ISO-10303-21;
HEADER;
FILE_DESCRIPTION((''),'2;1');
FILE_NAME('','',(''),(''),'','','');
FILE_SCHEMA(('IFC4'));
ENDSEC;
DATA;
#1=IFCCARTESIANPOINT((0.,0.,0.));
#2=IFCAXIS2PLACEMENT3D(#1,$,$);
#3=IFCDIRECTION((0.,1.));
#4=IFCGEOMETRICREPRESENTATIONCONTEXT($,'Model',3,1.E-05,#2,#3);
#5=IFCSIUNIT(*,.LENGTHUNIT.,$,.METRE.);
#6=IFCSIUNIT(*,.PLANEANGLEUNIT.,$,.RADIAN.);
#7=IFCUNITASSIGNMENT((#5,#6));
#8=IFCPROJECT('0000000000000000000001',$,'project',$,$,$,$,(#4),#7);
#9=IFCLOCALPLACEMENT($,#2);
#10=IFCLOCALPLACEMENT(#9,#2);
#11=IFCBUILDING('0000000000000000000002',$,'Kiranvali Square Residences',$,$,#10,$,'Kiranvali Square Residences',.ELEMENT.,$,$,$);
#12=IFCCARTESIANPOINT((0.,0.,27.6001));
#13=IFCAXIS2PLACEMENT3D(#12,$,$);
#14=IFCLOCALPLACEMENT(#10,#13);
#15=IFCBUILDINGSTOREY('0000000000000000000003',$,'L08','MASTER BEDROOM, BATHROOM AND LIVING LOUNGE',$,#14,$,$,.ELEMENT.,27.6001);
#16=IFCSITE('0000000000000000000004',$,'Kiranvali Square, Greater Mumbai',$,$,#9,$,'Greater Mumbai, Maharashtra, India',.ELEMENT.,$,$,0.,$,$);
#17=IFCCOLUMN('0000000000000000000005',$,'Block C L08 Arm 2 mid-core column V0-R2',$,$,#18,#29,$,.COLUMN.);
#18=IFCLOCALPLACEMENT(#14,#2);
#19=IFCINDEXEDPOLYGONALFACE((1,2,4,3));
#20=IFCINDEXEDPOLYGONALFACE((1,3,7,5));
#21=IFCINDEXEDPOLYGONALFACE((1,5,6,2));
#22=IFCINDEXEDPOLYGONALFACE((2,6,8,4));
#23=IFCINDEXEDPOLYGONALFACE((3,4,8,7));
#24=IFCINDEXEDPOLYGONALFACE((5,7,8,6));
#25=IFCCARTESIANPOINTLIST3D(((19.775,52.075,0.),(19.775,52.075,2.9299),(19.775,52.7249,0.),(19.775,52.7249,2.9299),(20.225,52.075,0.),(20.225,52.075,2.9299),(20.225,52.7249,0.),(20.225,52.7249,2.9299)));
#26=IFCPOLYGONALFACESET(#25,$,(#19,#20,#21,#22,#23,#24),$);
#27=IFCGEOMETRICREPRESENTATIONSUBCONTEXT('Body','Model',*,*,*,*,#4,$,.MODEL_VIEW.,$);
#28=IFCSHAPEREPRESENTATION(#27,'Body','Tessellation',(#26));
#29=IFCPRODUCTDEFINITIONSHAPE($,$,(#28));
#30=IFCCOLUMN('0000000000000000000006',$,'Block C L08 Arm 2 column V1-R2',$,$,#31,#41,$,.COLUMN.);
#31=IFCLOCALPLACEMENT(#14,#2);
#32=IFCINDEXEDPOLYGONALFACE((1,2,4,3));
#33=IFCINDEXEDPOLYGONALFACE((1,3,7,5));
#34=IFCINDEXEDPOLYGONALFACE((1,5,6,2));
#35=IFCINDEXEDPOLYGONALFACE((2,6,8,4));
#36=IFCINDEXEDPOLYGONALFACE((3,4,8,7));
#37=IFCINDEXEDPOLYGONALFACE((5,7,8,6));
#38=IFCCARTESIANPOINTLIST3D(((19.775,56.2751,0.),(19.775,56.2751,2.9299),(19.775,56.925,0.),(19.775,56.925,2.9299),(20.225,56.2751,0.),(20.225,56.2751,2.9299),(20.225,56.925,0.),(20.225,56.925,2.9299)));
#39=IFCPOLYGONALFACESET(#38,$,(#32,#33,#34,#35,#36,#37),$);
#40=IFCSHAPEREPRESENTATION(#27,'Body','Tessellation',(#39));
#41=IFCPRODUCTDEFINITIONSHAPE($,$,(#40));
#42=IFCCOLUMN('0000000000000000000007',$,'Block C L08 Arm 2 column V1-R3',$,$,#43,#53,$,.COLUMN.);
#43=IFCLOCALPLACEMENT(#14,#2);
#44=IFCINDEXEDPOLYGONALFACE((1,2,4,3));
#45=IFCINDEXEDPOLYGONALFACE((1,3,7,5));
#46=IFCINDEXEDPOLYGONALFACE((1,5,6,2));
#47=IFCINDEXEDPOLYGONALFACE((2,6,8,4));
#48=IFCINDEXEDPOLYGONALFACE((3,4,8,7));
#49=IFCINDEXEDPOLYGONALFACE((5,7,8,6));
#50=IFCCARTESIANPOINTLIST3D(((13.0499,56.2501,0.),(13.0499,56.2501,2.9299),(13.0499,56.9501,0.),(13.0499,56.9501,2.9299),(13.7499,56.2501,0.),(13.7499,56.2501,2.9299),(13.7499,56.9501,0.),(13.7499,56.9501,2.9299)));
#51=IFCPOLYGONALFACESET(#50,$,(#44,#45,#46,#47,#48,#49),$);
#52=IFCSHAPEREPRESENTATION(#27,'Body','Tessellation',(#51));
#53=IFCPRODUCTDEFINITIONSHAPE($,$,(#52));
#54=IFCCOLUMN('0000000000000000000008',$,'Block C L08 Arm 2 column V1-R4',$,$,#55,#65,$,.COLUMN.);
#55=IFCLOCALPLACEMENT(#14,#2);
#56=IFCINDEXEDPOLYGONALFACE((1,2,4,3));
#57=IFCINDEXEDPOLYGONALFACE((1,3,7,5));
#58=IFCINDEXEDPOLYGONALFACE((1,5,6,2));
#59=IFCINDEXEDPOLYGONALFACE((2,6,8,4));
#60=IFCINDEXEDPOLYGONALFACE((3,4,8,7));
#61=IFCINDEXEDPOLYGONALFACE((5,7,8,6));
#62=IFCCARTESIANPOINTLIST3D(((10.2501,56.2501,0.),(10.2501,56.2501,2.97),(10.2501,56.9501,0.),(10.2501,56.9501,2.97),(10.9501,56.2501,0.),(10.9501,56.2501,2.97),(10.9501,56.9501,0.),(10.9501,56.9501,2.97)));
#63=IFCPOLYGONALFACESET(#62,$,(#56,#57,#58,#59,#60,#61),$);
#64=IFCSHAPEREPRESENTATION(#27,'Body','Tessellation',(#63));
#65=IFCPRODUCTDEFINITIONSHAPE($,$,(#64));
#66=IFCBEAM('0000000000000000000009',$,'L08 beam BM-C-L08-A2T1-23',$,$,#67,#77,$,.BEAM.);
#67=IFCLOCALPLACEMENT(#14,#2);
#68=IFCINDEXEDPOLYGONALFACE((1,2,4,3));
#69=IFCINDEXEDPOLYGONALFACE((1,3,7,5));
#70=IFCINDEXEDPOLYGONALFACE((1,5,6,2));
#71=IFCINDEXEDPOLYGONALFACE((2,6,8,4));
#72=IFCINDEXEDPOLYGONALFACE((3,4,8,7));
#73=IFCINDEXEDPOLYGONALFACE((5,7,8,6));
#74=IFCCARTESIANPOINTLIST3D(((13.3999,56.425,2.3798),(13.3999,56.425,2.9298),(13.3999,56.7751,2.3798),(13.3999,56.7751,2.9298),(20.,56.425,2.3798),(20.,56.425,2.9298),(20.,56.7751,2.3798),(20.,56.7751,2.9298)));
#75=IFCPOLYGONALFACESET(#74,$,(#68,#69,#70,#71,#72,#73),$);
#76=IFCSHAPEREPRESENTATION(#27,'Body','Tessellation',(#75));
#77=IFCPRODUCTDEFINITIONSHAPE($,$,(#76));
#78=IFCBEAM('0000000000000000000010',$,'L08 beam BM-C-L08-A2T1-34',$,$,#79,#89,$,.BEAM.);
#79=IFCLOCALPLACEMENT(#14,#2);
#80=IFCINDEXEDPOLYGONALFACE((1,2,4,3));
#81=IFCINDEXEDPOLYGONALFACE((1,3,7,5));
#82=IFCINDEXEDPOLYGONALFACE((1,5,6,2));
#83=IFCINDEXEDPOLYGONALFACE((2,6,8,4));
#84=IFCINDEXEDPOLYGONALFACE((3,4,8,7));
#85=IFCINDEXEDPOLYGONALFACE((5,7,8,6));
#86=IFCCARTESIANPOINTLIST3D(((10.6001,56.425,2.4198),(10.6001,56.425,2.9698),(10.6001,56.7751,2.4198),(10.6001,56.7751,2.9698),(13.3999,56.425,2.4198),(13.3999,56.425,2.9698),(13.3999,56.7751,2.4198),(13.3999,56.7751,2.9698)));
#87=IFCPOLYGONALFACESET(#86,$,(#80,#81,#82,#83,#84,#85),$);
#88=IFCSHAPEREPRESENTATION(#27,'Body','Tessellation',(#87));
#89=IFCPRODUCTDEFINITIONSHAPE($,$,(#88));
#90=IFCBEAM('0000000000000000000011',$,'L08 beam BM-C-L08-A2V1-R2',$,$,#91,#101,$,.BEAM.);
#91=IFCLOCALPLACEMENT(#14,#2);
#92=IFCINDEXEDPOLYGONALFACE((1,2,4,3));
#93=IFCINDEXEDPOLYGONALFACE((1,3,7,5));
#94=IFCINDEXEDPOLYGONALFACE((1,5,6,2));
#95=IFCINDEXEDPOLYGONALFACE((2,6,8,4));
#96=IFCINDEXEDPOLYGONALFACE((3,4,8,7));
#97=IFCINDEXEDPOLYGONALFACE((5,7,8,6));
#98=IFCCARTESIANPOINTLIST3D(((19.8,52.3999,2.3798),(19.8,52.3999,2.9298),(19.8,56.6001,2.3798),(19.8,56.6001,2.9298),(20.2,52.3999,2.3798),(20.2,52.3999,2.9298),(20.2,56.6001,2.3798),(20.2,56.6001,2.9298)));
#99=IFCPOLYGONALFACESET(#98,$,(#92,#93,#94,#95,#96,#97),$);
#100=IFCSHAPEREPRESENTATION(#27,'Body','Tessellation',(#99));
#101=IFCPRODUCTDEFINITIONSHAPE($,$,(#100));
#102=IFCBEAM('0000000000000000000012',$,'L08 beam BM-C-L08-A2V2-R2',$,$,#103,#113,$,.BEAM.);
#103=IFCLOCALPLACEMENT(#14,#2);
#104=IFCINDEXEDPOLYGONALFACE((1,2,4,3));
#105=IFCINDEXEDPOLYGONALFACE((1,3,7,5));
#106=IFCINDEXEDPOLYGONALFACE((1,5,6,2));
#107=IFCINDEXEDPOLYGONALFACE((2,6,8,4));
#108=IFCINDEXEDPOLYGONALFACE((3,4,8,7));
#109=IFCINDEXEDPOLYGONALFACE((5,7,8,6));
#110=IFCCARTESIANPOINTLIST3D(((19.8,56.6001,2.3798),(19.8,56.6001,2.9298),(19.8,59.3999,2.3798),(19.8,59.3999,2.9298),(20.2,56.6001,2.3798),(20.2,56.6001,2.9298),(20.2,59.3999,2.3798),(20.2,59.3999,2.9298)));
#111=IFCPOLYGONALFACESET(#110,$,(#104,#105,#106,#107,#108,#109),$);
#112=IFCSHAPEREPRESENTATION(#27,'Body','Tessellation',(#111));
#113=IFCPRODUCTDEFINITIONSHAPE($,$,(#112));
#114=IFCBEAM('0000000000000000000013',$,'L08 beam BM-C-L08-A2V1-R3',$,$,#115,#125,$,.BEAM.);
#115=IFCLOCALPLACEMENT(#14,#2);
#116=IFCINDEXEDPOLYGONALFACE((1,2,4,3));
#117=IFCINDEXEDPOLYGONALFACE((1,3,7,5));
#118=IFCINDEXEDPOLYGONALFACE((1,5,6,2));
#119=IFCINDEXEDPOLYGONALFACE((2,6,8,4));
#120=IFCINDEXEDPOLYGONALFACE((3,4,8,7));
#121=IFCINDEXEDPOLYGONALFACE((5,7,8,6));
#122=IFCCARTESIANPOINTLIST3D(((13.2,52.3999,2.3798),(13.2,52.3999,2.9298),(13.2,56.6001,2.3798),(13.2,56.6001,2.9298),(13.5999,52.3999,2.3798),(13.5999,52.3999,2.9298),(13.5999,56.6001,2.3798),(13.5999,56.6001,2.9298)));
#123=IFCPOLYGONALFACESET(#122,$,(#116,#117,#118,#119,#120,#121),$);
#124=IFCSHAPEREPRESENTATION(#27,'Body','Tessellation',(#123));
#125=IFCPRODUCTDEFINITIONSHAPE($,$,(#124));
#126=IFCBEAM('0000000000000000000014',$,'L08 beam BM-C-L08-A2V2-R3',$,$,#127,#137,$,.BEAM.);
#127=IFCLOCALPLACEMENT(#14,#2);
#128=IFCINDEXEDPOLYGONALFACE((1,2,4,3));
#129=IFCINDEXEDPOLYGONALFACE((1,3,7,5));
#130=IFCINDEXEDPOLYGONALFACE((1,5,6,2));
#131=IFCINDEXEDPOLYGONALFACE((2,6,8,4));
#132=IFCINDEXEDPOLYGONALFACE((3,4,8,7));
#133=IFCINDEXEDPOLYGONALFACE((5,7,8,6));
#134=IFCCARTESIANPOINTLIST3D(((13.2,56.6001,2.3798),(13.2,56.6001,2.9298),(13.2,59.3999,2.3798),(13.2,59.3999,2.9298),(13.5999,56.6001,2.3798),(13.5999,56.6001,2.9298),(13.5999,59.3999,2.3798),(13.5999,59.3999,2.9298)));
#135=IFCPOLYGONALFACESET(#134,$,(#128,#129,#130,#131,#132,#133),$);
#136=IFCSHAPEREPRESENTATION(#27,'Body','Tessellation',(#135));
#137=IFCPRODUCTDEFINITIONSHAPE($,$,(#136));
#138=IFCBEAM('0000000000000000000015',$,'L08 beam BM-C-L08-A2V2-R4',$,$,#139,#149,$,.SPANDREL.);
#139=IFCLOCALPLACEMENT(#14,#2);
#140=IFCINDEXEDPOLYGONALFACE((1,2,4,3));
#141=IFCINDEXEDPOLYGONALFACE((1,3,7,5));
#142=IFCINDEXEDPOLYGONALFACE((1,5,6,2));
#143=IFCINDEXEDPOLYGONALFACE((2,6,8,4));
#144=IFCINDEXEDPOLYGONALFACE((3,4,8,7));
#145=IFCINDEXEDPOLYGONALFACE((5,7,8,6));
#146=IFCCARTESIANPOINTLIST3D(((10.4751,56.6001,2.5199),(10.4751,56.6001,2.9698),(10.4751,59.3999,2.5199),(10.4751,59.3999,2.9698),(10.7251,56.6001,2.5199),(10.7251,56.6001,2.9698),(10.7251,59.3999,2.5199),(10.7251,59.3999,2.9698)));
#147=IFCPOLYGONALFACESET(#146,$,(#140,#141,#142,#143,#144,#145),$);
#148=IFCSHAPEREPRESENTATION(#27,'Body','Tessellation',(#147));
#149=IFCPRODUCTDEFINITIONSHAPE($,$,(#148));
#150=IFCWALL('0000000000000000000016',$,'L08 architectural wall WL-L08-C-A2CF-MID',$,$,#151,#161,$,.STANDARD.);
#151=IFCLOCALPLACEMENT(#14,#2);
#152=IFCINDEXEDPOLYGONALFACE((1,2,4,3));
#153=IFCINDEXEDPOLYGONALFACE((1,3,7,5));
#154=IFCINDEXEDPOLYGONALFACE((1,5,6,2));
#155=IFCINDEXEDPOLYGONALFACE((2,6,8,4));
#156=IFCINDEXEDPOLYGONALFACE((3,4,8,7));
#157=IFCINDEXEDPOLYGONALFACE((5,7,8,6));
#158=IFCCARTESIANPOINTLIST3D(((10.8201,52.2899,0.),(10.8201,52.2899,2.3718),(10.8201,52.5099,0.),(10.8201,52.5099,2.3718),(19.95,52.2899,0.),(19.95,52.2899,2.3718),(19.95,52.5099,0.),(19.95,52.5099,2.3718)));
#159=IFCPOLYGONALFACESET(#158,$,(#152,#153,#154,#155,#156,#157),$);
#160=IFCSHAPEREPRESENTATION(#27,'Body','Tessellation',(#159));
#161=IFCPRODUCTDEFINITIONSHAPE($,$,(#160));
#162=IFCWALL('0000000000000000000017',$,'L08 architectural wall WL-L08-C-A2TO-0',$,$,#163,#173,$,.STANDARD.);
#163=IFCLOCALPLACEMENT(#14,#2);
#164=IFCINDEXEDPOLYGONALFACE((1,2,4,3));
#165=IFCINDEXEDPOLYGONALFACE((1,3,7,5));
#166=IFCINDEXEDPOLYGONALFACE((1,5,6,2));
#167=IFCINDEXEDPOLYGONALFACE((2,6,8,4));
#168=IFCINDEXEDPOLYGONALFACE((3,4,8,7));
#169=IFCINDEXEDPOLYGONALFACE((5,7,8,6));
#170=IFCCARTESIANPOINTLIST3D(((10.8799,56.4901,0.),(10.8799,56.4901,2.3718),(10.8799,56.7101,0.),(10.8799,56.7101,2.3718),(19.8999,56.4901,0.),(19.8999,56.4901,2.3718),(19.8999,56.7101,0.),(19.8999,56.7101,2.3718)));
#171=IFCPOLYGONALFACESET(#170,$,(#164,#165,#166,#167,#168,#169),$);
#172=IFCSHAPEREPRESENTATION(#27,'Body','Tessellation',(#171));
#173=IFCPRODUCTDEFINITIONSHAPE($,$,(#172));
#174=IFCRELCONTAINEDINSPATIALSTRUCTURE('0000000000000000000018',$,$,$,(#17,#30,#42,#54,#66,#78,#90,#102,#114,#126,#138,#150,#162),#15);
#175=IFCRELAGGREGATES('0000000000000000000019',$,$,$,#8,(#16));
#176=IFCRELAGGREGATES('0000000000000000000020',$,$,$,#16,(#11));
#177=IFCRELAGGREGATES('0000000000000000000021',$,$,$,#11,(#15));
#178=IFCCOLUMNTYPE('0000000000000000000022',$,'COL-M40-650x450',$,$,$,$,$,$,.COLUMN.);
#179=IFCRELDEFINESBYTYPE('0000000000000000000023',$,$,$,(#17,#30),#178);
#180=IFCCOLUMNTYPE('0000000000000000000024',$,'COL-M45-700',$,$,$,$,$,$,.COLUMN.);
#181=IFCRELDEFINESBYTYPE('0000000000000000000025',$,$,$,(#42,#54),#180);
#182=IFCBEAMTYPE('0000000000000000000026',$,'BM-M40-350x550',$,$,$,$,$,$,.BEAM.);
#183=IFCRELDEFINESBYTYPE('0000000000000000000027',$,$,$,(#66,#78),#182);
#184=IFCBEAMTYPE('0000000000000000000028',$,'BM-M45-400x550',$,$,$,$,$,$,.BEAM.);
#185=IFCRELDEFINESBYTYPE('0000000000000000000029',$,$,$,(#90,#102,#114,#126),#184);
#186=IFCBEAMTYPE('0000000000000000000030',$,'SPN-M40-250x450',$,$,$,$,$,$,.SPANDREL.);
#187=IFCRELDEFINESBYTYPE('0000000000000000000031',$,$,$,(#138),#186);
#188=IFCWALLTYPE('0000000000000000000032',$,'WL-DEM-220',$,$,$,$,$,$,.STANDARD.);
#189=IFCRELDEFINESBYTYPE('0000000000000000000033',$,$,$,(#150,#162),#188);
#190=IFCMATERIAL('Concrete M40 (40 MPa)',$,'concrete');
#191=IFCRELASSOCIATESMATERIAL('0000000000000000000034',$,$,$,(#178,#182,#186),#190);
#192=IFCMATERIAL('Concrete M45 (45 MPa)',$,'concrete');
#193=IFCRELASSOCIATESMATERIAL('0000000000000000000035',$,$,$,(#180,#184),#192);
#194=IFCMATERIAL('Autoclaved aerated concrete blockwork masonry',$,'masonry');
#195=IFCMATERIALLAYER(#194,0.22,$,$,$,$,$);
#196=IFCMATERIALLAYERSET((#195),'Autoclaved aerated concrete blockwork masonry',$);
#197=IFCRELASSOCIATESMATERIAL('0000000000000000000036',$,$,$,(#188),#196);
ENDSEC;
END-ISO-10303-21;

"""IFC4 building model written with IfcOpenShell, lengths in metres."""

from ifc_helpers import new_model, si_unit, direction, frame, frame_2d, origin, origin_2d, place, context, subcontext, project, spatial, rectangle, extrude, material, layer, layer_set, material_profile, profile_set, type_object, element, save


model = new_model("IFC4")

# Units and contexts
model_context = context("Model", 3, precision=1e-05, world=origin(), true_north=direction((0.0, 1.0)))
body_context = subcontext(model_context, "Body", "Model", "MODEL_VIEW")
ifc_project = project(units=[si_unit("LENGTHUNIT", "METRE"), si_unit("PLANEANGLEUNIT", "RADIAN")], contexts=[model_context])

# Site, building, storey
site_placement = place(None, origin())
site = spatial("IfcSite", under=ifc_project, at=site_placement, Name="Kiranvali Square, Greater Mumbai", LongName="Greater Mumbai, Maharashtra, India", CompositionType="ELEMENT", RefElevation=0.0)
building_placement = place(site_placement, origin())
building = spatial("IfcBuilding", under=site, at=building_placement, Name="Kiranvali Square Residences", LongName="Kiranvali Square Residences", CompositionType="ELEMENT")
storey_placement = place(building_placement, frame((0.0, 0.0, 27.6001)))
storey = spatial("IfcBuildingStorey", under=building, at=storey_placement, Name="L08", Description="MASTER BEDROOM, BATHROOM AND LIVING LOUNGE", CompositionType="ELEMENT", Elevation=27.6001)

# Columns
ifc_material_1 = material(Name="Concrete M40 (40 MPa)", Category="concrete")
ifc_material_profile_1 = material_profile(ifc_material_1, rectangle(XDim=0.45, YDim=0.6499, at=origin_2d()), Name="RC 650x450")
ifc_profile_set_1 = profile_set([ifc_material_profile_1], Name="Concrete M40 (40 MPa)")
column_type_1 = type_object("IfcColumnType", Name="COL-M40-650x450", PredefinedType="COLUMN", material=ifc_profile_set_1)
for number, where, z_axis, x_axis, name in (
    (1, (20.0, 52.3999, 0.0), (0.0, 0.0, 1.0), (1.0, 0.0, 0.0), "Block C L08 Arm 2 mid-core column V0-R2"),
    (2, (20.0, 56.6001, 0.0), (0.0, 0.0, 1.0), (1.0, 0.0, 0.0), "Block C L08 Arm 2 column V1-R2"),
):
    element("IfcColumn", number, at=place(storey_placement, frame(where, z_axis=z_axis, x_axis=x_axis)), inside=storey, type_object=column_type_1, Name=name, PredefinedType="COLUMN", context=body_context, shape_type="SweptSolid", body=[
        extrude(rectangle(XDim=0.45, YDim=0.6499, at=origin_2d()), origin(), (0.0, 0.0, 1.0), 2.9299),
    ])
ifc_material_2 = material(Name="Concrete M45 (45 MPa)", Category="concrete")
ifc_material_profile_2 = material_profile(ifc_material_2, rectangle(XDim=0.7, YDim=0.7, at=origin_2d()), Name="RC 700x700")
ifc_profile_set_2 = profile_set([ifc_material_profile_2], Name="Concrete M45 (45 MPa)")
column_type_2 = type_object("IfcColumnType", Name="COL-M45-700", PredefinedType="COLUMN", material=ifc_profile_set_2)
column_1_placement = place(storey_placement, frame((13.3999, 56.6001, 0.0), z_axis=(0.0, 0.0, 1.0), x_axis=(1.0, 0.0, 0.0)))
element("IfcColumn", 3, at=column_1_placement, inside=storey, type_object=column_type_2, Name="Block C L08 Arm 2 column V1-R3", PredefinedType="COLUMN", context=body_context, shape_type="SweptSolid", body=[
    extrude(rectangle(XDim=0.7, YDim=0.7, at=origin_2d()), origin(), (0.0, 0.0, 1.0), 2.9299),
])
column_2_placement = place(storey_placement, frame((10.6001, 56.6001, 0.0), z_axis=(0.0, 0.0, 1.0), x_axis=(1.0, 0.0, 0.0)))
element("IfcColumn", 4, at=column_2_placement, inside=storey, type_object=column_type_2, Name="Block C L08 Arm 2 column V1-R4", PredefinedType="COLUMN", context=body_context, shape_type="SweptSolid", body=[
    extrude(rectangle(XDim=0.7, YDim=0.7, at=origin_2d()), origin(), (0.0, 0.0, 1.0), 2.97),
])

# Beams
ifc_material_profile_3 = material_profile(ifc_material_1, rectangle(XDim=0.3501, YDim=0.55, at=origin_2d()), Name="RC 350x550")
ifc_profile_set_3 = profile_set([ifc_material_profile_3], Name="Concrete M40 (40 MPa)")
beam_type_1 = type_object("IfcBeamType", Name="BM-M40-350x550", PredefinedType="BEAM", material=ifc_profile_set_3)
beam_1_placement = place(storey_placement, frame((20.0, 56.6001, 2.6548), z_axis=(-1.0, 0.0, 0.0), x_axis=(0.0, -1.0, 0.0)))
element("IfcBeam", 5, at=beam_1_placement, inside=storey, type_object=beam_type_1, Name="L08 beam BM-C-L08-A2T1-23", PredefinedType="BEAM", context=body_context, shape_type="SweptSolid", body=[
    extrude(rectangle(XDim=0.3501, YDim=0.55, at=origin_2d()), origin(), (0.0, 0.0, 1.0), 6.6001),
])
beam_2_placement = place(storey_placement, frame((13.3999, 56.6001, 2.6948), z_axis=(-1.0, 0.0, 0.0), x_axis=(0.0, -1.0, 0.0)))
element("IfcBeam", 6, at=beam_2_placement, inside=storey, type_object=beam_type_1, Name="L08 beam BM-C-L08-A2T1-34", PredefinedType="BEAM", context=body_context, shape_type="SweptSolid", body=[
    extrude(rectangle(XDim=0.3501, YDim=0.55, at=origin_2d()), origin(), (0.0, 0.0, 1.0), 2.7998),
])
ifc_material_profile_4 = material_profile(ifc_material_2, rectangle(XDim=0.3999, YDim=0.55, at=origin_2d()), Name="RC 400x550")
ifc_profile_set_4 = profile_set([ifc_material_profile_4], Name="Concrete M45 (45 MPa)")
beam_type_2 = type_object("IfcBeamType", Name="BM-M45-400x550", PredefinedType="BEAM", material=ifc_profile_set_4)
beam_3_placement = place(storey_placement, frame((20.0, 52.3999, 2.6548), z_axis=(0.0, 1.0, 0.0), x_axis=(-1.0, 0.0, 0.0)))
element("IfcBeam", 7, at=beam_3_placement, inside=storey, type_object=beam_type_2, Name="L08 beam BM-C-L08-A2V1-R2", PredefinedType="BEAM", context=body_context, shape_type="SweptSolid", body=[
    extrude(rectangle(XDim=0.3999, YDim=0.55, at=origin_2d()), origin(), (0.0, 0.0, 1.0), 4.2002),
])
beam_4_placement = place(storey_placement, frame((20.0, 56.6001, 2.6548), z_axis=(0.0, 1.0, 0.0), x_axis=(-1.0, 0.0, 0.0)))
element("IfcBeam", 8, at=beam_4_placement, inside=storey, type_object=beam_type_2, Name="L08 beam BM-C-L08-A2V2-R2", PredefinedType="BEAM", context=body_context, shape_type="SweptSolid", body=[
    extrude(rectangle(XDim=0.3999, YDim=0.55, at=origin_2d()), origin(), (0.0, 0.0, 1.0), 2.7998),
])
beam_5_placement = place(storey_placement, frame((13.3999, 52.3999, 2.6548), z_axis=(0.0, 1.0, 0.0), x_axis=(-1.0, 0.0, 0.0)))
element("IfcBeam", 9, at=beam_5_placement, inside=storey, type_object=beam_type_2, Name="L08 beam BM-C-L08-A2V1-R3", PredefinedType="BEAM", context=body_context, shape_type="SweptSolid", body=[
    extrude(rectangle(XDim=0.3999, YDim=0.55, at=origin_2d()), origin(), (0.0, 0.0, 1.0), 4.2002),
])
beam_6_placement = place(storey_placement, frame((13.3999, 56.6001, 2.6548), z_axis=(0.0, 1.0, 0.0), x_axis=(-1.0, 0.0, 0.0)))
element("IfcBeam", 10, at=beam_6_placement, inside=storey, type_object=beam_type_2, Name="L08 beam BM-C-L08-A2V2-R3", PredefinedType="BEAM", context=body_context, shape_type="SweptSolid", body=[
    extrude(rectangle(XDim=0.3999, YDim=0.55, at=origin_2d()), origin(), (0.0, 0.0, 1.0), 2.7998),
])
ifc_material_profile_5 = material_profile(ifc_material_1, rectangle(XDim=0.25, YDim=0.45, at=origin_2d()), Name="RC 250x450")
ifc_profile_set_5 = profile_set([ifc_material_profile_5], Name="Concrete M40 (40 MPa)")
beam_type_3 = type_object("IfcBeamType", Name="SPN-M40-250x450", PredefinedType="SPANDREL", material=ifc_profile_set_5)
beam_7_placement = place(storey_placement, frame((10.6001, 56.6001, 2.7449), z_axis=(0.0, 1.0, 0.0), x_axis=(-1.0, 0.0, 0.0)))
element("IfcBeam", 11, at=beam_7_placement, inside=storey, type_object=beam_type_3, Name="L08 beam BM-C-L08-A2V2-R4", PredefinedType="SPANDREL", context=body_context, shape_type="SweptSolid", body=[
    extrude(rectangle(XDim=0.25, YDim=0.45, at=origin_2d()), origin(), (0.0, 0.0, 1.0), 2.7998),
])

# Shared definitions
ifc_material_3 = material(Name="Autoclaved aerated concrete blockwork masonry", Category="masonry")

# Walls
ifc_layer_1 = layer(ifc_material_3, 0.22)
ifc_layer_set_1 = layer_set([ifc_layer_1], Name="Autoclaved aerated concrete blockwork masonry")
wall_type_1 = type_object("IfcWallType", Name="WL-DEM-220", PredefinedType="STANDARD", material=ifc_layer_set_1)
wall_1_placement = place(storey_placement, frame((19.95, 52.3999, 0.0), z_axis=(0.0, 0.0, 1.0), x_axis=(-1.0, 0.0, 0.0)))
element("IfcWall", 12, at=wall_1_placement, inside=storey, type_object=wall_type_1, Name="L08 architectural wall WL-L08-C-A2CF-MID", PredefinedType="STANDARD", context=body_context, shape_type="SweptSolid", body=[
    extrude(rectangle(XDim=9.1299, YDim=0.22, at=frame_2d((4.5649, 0.0))), origin(), (0.0, 0.0, 1.0), 2.3718),
])
wall_2_placement = place(storey_placement, frame((19.8999, 56.6001, 0.0), z_axis=(0.0, 0.0, 1.0), x_axis=(-1.0, 0.0, 0.0)))
element("IfcWall", 13, at=wall_2_placement, inside=storey, type_object=wall_type_1, Name="L08 architectural wall WL-L08-C-A2TO-0", PredefinedType="STANDARD", context=body_context, shape_type="SweptSolid", body=[
    extrude(rectangle(XDim=9.02, YDim=0.22, at=frame_2d((4.51, 0.0))), origin(), (0.0, 0.0, 1.0), 2.3718),
])

save(model, "model.ifc")
